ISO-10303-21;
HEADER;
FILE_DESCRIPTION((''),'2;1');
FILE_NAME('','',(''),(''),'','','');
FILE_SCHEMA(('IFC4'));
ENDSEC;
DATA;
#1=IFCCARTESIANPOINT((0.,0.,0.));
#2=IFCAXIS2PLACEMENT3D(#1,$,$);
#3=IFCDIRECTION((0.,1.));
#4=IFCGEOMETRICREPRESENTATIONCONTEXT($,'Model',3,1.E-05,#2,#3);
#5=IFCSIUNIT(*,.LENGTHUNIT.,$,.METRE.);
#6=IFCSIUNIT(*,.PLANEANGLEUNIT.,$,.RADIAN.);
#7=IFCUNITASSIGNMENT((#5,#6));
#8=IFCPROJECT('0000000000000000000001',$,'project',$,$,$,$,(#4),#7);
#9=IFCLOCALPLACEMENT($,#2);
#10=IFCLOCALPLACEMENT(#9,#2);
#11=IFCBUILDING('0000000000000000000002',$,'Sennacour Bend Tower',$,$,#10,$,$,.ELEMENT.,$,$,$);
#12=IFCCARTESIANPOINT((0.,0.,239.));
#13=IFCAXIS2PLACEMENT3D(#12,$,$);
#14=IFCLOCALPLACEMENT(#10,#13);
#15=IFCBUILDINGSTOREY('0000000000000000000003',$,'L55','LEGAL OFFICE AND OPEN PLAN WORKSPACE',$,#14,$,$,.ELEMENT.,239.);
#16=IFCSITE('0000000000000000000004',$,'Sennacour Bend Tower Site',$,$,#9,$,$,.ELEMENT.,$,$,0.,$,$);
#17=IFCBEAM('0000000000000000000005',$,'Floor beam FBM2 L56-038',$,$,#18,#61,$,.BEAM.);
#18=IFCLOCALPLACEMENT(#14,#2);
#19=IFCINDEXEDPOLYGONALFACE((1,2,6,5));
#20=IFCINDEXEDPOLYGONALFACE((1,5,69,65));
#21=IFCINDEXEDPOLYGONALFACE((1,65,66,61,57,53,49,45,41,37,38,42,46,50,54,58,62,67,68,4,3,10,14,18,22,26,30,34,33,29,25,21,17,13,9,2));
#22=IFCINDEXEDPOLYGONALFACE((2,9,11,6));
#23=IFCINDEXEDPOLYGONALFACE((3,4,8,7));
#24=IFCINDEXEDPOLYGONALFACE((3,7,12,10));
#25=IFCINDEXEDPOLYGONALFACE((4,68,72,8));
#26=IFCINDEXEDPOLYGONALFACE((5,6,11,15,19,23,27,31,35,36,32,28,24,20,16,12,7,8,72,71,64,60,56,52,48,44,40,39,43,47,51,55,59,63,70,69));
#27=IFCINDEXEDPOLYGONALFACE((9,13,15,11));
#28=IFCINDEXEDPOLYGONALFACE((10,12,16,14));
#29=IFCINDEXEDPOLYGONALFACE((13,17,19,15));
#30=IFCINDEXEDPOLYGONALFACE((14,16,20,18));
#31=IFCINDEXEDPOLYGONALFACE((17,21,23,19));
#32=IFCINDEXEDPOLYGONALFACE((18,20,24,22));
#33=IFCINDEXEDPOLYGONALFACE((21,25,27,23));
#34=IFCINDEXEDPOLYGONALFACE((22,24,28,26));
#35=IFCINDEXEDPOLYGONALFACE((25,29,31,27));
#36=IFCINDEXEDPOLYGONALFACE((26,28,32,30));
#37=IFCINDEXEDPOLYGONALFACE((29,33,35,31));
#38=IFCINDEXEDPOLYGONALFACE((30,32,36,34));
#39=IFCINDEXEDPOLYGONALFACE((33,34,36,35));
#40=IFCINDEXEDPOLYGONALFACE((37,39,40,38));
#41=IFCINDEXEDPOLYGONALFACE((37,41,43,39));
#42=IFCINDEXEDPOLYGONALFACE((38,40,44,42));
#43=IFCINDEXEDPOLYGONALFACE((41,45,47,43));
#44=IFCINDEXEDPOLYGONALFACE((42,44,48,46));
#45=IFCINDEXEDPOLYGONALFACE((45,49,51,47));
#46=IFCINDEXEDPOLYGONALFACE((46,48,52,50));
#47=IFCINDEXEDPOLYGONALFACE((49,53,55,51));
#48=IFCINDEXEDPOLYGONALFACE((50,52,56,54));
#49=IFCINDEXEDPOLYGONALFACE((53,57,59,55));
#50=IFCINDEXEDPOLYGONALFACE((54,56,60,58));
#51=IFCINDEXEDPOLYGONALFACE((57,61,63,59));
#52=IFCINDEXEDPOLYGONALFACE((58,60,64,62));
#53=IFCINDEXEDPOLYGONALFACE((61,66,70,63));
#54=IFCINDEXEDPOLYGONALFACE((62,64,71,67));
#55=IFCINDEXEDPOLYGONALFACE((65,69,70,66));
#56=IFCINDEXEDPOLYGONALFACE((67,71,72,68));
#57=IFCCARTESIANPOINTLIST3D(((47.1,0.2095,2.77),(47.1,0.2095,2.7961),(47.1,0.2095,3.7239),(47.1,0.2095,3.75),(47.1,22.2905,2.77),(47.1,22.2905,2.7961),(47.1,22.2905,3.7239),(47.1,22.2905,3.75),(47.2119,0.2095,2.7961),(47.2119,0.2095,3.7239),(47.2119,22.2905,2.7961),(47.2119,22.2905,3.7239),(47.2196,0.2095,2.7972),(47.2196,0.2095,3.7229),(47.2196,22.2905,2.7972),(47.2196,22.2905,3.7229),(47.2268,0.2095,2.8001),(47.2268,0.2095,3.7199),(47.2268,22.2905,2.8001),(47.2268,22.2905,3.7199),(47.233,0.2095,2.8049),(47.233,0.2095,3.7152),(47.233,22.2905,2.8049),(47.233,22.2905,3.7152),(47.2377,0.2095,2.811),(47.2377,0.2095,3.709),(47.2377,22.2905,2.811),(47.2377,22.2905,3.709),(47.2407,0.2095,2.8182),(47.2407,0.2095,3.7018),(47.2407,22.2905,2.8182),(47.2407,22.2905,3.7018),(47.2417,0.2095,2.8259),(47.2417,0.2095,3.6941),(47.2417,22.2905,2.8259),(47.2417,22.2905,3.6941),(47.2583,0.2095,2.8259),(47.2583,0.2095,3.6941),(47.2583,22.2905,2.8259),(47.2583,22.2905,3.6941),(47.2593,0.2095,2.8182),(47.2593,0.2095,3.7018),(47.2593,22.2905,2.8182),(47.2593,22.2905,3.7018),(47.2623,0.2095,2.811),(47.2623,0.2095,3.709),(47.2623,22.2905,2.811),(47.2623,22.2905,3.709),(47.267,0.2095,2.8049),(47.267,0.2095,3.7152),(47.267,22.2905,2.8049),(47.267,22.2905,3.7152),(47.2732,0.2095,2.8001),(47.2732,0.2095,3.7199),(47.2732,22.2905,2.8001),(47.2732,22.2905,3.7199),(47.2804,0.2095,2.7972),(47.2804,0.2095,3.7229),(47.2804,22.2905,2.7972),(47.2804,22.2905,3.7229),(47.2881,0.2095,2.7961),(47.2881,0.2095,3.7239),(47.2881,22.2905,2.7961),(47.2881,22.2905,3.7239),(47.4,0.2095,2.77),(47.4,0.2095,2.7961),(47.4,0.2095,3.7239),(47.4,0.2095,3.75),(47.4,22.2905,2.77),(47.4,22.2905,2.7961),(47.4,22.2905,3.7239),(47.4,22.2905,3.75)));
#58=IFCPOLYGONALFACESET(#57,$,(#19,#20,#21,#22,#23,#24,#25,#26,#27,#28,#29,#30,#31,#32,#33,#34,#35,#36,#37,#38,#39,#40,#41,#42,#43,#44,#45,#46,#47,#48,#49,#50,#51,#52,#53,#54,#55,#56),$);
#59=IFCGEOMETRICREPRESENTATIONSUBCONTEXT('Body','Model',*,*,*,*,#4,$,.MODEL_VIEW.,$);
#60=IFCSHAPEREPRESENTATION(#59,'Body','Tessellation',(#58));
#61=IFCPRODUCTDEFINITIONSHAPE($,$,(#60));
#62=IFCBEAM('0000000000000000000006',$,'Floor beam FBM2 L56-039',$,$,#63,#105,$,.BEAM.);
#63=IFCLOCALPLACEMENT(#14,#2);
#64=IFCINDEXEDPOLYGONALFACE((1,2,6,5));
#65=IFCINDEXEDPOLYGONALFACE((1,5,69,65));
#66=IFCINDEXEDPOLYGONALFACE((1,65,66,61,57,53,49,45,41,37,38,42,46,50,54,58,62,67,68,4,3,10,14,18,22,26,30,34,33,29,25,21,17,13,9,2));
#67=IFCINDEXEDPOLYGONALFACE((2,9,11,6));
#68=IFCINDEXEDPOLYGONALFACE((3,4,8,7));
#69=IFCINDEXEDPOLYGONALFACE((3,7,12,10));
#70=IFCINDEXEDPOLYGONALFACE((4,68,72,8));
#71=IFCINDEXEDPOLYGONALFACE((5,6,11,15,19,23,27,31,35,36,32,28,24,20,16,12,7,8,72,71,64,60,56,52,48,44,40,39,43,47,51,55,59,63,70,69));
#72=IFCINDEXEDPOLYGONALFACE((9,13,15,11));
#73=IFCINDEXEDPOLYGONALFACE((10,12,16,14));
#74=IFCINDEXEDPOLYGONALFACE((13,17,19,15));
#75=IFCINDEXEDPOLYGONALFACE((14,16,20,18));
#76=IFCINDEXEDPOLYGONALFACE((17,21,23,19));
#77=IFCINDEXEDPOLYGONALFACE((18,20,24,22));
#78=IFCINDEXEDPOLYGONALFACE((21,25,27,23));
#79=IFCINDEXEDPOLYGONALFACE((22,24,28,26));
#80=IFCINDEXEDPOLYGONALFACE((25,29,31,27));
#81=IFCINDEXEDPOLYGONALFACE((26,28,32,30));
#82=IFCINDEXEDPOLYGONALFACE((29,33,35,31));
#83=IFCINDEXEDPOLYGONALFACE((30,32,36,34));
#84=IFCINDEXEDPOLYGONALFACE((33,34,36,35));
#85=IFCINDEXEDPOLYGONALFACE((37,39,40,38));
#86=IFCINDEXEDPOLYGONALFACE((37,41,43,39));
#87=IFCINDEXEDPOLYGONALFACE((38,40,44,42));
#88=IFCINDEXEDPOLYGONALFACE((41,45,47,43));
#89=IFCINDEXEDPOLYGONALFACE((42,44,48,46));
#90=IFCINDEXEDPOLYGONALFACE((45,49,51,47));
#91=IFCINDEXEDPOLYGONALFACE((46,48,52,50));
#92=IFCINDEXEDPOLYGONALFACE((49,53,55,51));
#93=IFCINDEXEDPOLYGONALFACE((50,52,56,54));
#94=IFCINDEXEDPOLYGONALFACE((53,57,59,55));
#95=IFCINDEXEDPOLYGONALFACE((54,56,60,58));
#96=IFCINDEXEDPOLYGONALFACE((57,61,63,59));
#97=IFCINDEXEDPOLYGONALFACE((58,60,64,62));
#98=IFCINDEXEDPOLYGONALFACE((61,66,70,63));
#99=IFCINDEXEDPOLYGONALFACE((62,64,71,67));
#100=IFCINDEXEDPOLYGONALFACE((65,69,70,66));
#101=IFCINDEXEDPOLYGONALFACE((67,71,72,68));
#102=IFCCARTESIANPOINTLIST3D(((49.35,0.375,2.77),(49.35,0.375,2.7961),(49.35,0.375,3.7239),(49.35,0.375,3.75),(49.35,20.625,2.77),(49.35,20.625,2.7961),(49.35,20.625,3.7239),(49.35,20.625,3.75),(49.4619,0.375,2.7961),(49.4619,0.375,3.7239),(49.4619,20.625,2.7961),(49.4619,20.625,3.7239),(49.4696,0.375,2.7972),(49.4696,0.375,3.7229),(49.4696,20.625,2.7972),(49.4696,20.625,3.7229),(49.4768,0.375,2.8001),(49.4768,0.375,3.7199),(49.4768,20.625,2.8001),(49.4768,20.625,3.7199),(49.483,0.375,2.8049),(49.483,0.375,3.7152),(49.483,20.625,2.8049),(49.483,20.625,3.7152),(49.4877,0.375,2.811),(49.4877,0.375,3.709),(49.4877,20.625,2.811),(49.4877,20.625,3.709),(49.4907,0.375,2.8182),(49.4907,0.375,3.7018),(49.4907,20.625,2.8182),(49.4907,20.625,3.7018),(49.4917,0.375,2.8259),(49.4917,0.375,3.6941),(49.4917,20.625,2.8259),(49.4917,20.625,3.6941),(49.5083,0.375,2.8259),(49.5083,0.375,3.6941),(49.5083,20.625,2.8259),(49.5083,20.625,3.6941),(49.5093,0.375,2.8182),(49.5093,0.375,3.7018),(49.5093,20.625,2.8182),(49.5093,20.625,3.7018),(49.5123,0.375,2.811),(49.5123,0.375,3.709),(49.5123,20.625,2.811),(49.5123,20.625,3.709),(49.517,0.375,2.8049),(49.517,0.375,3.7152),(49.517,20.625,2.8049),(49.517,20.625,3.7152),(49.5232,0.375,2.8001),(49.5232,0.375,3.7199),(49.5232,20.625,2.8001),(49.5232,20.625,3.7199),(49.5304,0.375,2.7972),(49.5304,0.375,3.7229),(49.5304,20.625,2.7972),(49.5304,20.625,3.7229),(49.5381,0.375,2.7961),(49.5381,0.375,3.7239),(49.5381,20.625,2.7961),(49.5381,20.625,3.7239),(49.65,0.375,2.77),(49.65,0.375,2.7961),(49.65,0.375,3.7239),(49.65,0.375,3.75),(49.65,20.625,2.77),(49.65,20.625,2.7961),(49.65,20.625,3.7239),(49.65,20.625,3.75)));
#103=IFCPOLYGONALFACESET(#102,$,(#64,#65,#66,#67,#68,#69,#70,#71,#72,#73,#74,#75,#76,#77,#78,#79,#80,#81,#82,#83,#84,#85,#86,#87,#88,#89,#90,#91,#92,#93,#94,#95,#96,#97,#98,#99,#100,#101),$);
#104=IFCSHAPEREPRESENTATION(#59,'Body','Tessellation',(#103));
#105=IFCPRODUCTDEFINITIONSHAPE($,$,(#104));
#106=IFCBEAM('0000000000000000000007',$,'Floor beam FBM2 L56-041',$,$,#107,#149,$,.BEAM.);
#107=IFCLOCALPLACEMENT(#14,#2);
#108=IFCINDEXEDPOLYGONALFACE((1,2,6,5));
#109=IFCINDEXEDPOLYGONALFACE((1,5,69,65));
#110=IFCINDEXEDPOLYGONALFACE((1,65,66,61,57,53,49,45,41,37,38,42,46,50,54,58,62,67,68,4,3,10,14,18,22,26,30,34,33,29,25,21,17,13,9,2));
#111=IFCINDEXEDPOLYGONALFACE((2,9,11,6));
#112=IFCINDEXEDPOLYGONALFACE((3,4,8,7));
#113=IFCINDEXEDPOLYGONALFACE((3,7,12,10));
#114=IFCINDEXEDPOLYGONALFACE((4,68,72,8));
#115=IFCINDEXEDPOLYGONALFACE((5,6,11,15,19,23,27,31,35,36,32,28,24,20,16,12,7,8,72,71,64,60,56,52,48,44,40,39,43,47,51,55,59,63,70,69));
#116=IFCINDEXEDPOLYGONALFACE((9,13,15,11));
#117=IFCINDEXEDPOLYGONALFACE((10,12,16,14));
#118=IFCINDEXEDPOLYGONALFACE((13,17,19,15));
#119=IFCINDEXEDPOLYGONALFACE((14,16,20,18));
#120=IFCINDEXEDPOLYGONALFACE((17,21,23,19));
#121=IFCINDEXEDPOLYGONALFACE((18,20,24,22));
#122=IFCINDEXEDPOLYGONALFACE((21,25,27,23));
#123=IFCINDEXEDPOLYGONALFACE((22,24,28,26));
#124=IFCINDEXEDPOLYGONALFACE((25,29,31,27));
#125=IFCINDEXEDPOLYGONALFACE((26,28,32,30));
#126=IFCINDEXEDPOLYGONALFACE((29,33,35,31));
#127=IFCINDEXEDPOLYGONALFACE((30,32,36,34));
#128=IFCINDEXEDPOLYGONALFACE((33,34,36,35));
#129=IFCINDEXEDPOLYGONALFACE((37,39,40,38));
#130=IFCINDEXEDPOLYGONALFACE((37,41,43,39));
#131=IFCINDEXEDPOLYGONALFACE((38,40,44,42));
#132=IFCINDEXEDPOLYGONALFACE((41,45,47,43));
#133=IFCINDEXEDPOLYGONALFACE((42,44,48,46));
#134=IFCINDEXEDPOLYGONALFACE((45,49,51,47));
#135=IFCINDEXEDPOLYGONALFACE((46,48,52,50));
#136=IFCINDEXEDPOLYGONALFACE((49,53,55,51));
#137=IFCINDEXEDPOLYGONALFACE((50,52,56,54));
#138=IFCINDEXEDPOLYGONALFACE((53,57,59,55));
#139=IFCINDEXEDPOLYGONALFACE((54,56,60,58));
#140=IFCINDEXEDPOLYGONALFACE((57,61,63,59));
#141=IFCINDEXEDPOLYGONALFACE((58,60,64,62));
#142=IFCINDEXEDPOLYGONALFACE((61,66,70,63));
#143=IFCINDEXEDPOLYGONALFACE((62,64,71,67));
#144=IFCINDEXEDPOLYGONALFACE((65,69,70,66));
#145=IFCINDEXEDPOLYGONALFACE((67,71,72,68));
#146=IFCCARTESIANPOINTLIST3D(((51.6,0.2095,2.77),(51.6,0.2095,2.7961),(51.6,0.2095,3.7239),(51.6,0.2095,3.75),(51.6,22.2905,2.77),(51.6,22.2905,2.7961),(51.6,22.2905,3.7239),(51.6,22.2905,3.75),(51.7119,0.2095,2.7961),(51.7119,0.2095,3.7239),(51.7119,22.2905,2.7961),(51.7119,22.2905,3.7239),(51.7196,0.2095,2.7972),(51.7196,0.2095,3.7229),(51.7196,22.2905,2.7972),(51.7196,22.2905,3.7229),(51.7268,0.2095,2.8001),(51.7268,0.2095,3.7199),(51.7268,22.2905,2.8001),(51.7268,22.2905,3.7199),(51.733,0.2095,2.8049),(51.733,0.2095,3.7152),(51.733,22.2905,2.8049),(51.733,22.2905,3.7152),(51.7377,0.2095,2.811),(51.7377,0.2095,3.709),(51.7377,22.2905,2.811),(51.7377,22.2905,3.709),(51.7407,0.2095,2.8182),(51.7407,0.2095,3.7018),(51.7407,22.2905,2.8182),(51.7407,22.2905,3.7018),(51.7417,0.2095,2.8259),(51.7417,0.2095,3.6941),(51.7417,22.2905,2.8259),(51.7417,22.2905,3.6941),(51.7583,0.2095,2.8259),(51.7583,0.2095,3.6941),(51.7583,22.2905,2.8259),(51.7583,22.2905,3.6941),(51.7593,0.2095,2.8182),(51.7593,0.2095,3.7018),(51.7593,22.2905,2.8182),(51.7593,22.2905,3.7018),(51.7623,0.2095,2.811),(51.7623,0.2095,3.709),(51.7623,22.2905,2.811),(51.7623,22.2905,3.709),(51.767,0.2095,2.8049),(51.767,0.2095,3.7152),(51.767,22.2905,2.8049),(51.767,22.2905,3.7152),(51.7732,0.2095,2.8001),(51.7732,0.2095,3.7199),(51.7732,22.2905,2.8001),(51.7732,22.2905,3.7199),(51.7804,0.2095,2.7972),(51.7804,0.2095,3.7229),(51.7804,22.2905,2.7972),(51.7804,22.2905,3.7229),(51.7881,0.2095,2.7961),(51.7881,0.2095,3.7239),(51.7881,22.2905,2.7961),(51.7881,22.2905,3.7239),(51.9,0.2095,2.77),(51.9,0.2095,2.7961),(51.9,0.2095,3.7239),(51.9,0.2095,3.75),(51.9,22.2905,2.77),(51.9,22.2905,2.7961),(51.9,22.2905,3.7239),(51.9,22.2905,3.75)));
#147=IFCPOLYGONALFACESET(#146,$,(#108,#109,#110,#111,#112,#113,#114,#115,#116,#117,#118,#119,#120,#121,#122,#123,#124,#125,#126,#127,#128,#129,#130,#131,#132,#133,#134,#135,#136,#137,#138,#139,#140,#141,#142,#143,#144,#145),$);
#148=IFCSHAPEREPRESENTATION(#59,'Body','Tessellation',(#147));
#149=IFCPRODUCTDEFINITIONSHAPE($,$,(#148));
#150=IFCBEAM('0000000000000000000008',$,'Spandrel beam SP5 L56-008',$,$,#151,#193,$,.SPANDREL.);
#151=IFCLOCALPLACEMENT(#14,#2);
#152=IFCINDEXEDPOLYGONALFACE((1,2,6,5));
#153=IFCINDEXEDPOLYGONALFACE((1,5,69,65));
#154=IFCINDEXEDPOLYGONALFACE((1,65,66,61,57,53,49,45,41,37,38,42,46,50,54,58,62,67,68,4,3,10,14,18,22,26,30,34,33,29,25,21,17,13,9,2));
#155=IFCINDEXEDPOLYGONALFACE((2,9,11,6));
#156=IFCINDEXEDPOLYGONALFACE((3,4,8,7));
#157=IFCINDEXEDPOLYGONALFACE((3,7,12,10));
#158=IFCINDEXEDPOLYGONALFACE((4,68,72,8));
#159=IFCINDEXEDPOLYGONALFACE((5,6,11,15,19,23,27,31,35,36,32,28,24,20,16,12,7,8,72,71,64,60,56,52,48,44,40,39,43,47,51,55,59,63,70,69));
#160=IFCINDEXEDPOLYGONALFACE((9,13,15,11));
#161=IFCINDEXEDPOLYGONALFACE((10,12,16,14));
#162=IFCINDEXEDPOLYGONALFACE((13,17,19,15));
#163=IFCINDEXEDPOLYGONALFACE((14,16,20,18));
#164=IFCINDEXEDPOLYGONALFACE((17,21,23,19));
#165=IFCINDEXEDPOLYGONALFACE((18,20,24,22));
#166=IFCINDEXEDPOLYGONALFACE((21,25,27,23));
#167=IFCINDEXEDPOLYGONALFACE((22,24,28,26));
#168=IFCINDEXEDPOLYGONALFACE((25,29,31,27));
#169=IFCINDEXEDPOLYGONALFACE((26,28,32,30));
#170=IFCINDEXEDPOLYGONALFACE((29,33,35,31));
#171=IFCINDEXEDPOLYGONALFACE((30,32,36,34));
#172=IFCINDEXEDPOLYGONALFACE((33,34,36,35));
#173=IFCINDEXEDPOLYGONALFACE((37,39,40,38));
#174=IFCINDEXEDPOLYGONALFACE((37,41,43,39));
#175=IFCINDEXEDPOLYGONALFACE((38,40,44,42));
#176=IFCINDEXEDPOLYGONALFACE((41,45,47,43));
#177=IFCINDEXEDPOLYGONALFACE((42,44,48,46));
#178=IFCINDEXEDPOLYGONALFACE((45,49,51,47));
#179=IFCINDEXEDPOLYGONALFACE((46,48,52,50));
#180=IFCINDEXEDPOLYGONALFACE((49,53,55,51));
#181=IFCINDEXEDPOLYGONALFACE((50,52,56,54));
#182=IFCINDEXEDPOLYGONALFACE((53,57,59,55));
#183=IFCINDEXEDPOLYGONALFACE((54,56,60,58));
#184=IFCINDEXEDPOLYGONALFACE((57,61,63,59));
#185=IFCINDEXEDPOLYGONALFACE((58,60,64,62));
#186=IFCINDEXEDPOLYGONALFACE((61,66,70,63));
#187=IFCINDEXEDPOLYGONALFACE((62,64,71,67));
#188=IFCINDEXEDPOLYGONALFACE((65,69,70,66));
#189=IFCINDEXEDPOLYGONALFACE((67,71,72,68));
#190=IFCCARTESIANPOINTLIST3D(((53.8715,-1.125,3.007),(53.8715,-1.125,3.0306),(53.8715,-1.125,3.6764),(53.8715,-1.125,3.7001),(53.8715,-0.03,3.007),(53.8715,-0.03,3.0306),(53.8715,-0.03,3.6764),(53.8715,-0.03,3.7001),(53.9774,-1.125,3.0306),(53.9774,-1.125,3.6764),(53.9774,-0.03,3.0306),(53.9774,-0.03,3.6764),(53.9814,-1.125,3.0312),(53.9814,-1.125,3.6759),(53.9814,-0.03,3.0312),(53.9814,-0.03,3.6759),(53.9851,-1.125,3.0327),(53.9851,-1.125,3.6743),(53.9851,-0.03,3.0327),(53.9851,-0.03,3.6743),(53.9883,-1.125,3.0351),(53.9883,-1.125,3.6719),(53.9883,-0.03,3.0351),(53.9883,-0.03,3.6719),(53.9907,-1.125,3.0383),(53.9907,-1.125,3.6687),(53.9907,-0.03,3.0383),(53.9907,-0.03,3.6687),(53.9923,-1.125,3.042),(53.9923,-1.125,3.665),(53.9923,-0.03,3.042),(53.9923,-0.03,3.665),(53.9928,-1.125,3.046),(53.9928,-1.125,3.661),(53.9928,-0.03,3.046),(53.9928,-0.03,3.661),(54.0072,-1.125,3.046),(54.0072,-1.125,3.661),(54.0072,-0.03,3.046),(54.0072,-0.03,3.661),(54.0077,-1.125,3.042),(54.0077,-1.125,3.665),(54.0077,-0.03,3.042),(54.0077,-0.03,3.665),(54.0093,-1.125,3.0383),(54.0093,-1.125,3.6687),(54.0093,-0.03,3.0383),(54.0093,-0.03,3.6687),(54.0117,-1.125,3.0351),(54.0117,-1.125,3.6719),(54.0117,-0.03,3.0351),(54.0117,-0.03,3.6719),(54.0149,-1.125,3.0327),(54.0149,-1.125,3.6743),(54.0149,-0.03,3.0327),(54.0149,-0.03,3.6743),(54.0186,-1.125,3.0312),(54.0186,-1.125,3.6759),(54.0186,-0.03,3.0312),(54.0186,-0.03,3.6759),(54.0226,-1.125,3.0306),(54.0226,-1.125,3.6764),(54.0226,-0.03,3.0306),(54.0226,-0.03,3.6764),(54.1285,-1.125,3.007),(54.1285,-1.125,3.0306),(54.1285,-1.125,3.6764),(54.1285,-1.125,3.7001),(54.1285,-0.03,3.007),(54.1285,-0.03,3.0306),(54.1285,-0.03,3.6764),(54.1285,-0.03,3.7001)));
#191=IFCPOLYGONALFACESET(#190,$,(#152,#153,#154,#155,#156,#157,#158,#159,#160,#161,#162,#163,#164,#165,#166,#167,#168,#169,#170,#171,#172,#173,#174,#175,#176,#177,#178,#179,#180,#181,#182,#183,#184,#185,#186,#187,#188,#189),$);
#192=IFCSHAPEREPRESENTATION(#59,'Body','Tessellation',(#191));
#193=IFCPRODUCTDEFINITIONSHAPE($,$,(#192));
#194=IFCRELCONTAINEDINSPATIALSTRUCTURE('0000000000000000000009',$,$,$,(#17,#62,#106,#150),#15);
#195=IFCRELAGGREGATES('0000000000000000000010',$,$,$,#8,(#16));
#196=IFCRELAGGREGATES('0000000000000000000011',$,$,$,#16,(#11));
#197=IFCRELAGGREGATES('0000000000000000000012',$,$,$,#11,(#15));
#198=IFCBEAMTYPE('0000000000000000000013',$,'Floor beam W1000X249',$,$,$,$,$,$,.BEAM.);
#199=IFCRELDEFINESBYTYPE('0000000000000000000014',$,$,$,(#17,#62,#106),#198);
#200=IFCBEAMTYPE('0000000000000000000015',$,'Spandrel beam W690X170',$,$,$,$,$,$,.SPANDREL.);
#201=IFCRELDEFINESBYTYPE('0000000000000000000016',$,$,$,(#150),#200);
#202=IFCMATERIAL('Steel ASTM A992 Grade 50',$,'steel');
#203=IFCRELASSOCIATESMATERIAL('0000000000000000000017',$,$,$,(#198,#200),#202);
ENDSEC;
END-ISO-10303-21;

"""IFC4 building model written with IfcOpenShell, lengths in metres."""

from ifc_helpers import new_model, si_unit, direction, frame, origin, origin_2d, place, context, subcontext, project, spatial, i_section, extrude, material, material_profile, profile_set, type_object, element, save


model = new_model("IFC4")

# Units and contexts
model_context = context("Model", 3, precision=1e-05, world=origin(), true_north=direction((0.0, 1.0)))
body_context = subcontext(model_context, "Body", "Model", "MODEL_VIEW")
ifc_project = project(units=[si_unit("LENGTHUNIT", "METRE"), si_unit("PLANEANGLEUNIT", "RADIAN")], contexts=[model_context])

# Site, building, storey
site_placement = place(None, origin())
site = spatial("IfcSite", under=ifc_project, at=site_placement, Name="Sennacour Bend Tower Site", CompositionType="ELEMENT", RefElevation=0.0)
building_placement = place(site_placement, origin())
building = spatial("IfcBuilding", under=site, at=building_placement, Name="Sennacour Bend Tower", CompositionType="ELEMENT")
storey_placement = place(building_placement, frame((0.0, 0.0, 239.0)))
storey = spatial("IfcBuildingStorey", under=building, at=storey_placement, Name="L55", Description="LEGAL OFFICE AND OPEN PLAN WORKSPACE", CompositionType="ELEMENT", Elevation=239.0)

# Beams
ifc_material_1 = material(Name="Steel ASTM A992 Grade 50", Category="steel")
ifc_material_profile_1 = material_profile(ifc_material_1, i_section(OverallWidth=0.3, OverallDepth=0.98, WebThickness=0.0166, FlangeThickness=0.0261, FilletRadius=0.0298, at=origin_2d()), Name="Steel ASTM A992 Grade 50", Category="steel")
ifc_profile_set_1 = profile_set([ifc_material_profile_1], Name="Steel ASTM A992 Grade 50")
beam_type_1 = type_object("IfcBeamType", Name="Floor beam W1000X249", PredefinedType="BEAM", material=ifc_profile_set_1)
beam_1_placement = place(storey_placement, frame((47.25, 0.2095, 3.26), z_axis=(0.0, 1.0, 0.0), x_axis=(-1.0, 0.0, 0.0)))
element("IfcBeam", 1, at=beam_1_placement, inside=storey, type_object=beam_type_1, Name="Floor beam FBM2 L56-038", PredefinedType="BEAM", context=body_context, shape_type="SweptSolid", body=[
    extrude(i_section(OverallWidth=0.3, OverallDepth=0.98, WebThickness=0.0166, FlangeThickness=0.0261, FilletRadius=0.0298, at=origin_2d()), origin(), (0.0, 0.0, 1.0), 22.0811),
])
beam_2_placement = place(storey_placement, frame((49.5, 0.375, 3.26), z_axis=(0.0, 1.0, 0.0), x_axis=(-1.0, 0.0, 0.0)))
element("IfcBeam", 2, at=beam_2_placement, inside=storey, type_object=beam_type_1, Name="Floor beam FBM2 L56-039", PredefinedType="BEAM", context=body_context, shape_type="SweptSolid", body=[
    extrude(i_section(OverallWidth=0.3, OverallDepth=0.98, WebThickness=0.0166, FlangeThickness=0.0261, FilletRadius=0.0298, at=origin_2d()), origin(), (0.0, 0.0, 1.0), 20.25),
])
beam_3_placement = place(storey_placement, frame((51.75, 0.2095, 3.26), z_axis=(0.0, 1.0, 0.0), x_axis=(-1.0, 0.0, 0.0)))
element("IfcBeam", 3, at=beam_3_placement, inside=storey, type_object=beam_type_1, Name="Floor beam FBM2 L56-041", PredefinedType="BEAM", context=body_context, shape_type="SweptSolid", body=[
    extrude(i_section(OverallWidth=0.3, OverallDepth=0.98, WebThickness=0.0166, FlangeThickness=0.0261, FilletRadius=0.0298, at=origin_2d()), origin(), (0.0, 0.0, 1.0), 22.0811),
])
ifc_material_profile_2 = material_profile(ifc_material_1, i_section(OverallWidth=0.2571, OverallDepth=0.6931, WebThickness=0.0144, FlangeThickness=0.0237, FilletRadius=0.0154, at=origin_2d()), Name="Steel ASTM A992 Grade 50", Category="steel")
ifc_profile_set_2 = profile_set([ifc_material_profile_2], Name="Steel ASTM A992 Grade 50")
beam_type_2 = type_object("IfcBeamType", Name="Spandrel beam W690X170", PredefinedType="SPANDREL", material=ifc_profile_set_2)
beam_4_placement = place(storey_placement, frame((54.0, -0.03, 3.3535), z_axis=(0.0, -1.0, 0.0), x_axis=(1.0, 0.0, 0.0)))
element("IfcBeam", 4, at=beam_4_placement, inside=storey, type_object=beam_type_2, Name="Spandrel beam SP5 L56-008", PredefinedType="SPANDREL", context=body_context, shape_type="SweptSolid", body=[
    extrude(i_section(OverallWidth=0.2571, OverallDepth=0.6931, WebThickness=0.0144, FlangeThickness=0.0237, FilletRadius=0.0154, at=origin_2d()), origin(), (0.0, 0.0, 1.0), 1.095),
])

save(model, "model.ifc")
